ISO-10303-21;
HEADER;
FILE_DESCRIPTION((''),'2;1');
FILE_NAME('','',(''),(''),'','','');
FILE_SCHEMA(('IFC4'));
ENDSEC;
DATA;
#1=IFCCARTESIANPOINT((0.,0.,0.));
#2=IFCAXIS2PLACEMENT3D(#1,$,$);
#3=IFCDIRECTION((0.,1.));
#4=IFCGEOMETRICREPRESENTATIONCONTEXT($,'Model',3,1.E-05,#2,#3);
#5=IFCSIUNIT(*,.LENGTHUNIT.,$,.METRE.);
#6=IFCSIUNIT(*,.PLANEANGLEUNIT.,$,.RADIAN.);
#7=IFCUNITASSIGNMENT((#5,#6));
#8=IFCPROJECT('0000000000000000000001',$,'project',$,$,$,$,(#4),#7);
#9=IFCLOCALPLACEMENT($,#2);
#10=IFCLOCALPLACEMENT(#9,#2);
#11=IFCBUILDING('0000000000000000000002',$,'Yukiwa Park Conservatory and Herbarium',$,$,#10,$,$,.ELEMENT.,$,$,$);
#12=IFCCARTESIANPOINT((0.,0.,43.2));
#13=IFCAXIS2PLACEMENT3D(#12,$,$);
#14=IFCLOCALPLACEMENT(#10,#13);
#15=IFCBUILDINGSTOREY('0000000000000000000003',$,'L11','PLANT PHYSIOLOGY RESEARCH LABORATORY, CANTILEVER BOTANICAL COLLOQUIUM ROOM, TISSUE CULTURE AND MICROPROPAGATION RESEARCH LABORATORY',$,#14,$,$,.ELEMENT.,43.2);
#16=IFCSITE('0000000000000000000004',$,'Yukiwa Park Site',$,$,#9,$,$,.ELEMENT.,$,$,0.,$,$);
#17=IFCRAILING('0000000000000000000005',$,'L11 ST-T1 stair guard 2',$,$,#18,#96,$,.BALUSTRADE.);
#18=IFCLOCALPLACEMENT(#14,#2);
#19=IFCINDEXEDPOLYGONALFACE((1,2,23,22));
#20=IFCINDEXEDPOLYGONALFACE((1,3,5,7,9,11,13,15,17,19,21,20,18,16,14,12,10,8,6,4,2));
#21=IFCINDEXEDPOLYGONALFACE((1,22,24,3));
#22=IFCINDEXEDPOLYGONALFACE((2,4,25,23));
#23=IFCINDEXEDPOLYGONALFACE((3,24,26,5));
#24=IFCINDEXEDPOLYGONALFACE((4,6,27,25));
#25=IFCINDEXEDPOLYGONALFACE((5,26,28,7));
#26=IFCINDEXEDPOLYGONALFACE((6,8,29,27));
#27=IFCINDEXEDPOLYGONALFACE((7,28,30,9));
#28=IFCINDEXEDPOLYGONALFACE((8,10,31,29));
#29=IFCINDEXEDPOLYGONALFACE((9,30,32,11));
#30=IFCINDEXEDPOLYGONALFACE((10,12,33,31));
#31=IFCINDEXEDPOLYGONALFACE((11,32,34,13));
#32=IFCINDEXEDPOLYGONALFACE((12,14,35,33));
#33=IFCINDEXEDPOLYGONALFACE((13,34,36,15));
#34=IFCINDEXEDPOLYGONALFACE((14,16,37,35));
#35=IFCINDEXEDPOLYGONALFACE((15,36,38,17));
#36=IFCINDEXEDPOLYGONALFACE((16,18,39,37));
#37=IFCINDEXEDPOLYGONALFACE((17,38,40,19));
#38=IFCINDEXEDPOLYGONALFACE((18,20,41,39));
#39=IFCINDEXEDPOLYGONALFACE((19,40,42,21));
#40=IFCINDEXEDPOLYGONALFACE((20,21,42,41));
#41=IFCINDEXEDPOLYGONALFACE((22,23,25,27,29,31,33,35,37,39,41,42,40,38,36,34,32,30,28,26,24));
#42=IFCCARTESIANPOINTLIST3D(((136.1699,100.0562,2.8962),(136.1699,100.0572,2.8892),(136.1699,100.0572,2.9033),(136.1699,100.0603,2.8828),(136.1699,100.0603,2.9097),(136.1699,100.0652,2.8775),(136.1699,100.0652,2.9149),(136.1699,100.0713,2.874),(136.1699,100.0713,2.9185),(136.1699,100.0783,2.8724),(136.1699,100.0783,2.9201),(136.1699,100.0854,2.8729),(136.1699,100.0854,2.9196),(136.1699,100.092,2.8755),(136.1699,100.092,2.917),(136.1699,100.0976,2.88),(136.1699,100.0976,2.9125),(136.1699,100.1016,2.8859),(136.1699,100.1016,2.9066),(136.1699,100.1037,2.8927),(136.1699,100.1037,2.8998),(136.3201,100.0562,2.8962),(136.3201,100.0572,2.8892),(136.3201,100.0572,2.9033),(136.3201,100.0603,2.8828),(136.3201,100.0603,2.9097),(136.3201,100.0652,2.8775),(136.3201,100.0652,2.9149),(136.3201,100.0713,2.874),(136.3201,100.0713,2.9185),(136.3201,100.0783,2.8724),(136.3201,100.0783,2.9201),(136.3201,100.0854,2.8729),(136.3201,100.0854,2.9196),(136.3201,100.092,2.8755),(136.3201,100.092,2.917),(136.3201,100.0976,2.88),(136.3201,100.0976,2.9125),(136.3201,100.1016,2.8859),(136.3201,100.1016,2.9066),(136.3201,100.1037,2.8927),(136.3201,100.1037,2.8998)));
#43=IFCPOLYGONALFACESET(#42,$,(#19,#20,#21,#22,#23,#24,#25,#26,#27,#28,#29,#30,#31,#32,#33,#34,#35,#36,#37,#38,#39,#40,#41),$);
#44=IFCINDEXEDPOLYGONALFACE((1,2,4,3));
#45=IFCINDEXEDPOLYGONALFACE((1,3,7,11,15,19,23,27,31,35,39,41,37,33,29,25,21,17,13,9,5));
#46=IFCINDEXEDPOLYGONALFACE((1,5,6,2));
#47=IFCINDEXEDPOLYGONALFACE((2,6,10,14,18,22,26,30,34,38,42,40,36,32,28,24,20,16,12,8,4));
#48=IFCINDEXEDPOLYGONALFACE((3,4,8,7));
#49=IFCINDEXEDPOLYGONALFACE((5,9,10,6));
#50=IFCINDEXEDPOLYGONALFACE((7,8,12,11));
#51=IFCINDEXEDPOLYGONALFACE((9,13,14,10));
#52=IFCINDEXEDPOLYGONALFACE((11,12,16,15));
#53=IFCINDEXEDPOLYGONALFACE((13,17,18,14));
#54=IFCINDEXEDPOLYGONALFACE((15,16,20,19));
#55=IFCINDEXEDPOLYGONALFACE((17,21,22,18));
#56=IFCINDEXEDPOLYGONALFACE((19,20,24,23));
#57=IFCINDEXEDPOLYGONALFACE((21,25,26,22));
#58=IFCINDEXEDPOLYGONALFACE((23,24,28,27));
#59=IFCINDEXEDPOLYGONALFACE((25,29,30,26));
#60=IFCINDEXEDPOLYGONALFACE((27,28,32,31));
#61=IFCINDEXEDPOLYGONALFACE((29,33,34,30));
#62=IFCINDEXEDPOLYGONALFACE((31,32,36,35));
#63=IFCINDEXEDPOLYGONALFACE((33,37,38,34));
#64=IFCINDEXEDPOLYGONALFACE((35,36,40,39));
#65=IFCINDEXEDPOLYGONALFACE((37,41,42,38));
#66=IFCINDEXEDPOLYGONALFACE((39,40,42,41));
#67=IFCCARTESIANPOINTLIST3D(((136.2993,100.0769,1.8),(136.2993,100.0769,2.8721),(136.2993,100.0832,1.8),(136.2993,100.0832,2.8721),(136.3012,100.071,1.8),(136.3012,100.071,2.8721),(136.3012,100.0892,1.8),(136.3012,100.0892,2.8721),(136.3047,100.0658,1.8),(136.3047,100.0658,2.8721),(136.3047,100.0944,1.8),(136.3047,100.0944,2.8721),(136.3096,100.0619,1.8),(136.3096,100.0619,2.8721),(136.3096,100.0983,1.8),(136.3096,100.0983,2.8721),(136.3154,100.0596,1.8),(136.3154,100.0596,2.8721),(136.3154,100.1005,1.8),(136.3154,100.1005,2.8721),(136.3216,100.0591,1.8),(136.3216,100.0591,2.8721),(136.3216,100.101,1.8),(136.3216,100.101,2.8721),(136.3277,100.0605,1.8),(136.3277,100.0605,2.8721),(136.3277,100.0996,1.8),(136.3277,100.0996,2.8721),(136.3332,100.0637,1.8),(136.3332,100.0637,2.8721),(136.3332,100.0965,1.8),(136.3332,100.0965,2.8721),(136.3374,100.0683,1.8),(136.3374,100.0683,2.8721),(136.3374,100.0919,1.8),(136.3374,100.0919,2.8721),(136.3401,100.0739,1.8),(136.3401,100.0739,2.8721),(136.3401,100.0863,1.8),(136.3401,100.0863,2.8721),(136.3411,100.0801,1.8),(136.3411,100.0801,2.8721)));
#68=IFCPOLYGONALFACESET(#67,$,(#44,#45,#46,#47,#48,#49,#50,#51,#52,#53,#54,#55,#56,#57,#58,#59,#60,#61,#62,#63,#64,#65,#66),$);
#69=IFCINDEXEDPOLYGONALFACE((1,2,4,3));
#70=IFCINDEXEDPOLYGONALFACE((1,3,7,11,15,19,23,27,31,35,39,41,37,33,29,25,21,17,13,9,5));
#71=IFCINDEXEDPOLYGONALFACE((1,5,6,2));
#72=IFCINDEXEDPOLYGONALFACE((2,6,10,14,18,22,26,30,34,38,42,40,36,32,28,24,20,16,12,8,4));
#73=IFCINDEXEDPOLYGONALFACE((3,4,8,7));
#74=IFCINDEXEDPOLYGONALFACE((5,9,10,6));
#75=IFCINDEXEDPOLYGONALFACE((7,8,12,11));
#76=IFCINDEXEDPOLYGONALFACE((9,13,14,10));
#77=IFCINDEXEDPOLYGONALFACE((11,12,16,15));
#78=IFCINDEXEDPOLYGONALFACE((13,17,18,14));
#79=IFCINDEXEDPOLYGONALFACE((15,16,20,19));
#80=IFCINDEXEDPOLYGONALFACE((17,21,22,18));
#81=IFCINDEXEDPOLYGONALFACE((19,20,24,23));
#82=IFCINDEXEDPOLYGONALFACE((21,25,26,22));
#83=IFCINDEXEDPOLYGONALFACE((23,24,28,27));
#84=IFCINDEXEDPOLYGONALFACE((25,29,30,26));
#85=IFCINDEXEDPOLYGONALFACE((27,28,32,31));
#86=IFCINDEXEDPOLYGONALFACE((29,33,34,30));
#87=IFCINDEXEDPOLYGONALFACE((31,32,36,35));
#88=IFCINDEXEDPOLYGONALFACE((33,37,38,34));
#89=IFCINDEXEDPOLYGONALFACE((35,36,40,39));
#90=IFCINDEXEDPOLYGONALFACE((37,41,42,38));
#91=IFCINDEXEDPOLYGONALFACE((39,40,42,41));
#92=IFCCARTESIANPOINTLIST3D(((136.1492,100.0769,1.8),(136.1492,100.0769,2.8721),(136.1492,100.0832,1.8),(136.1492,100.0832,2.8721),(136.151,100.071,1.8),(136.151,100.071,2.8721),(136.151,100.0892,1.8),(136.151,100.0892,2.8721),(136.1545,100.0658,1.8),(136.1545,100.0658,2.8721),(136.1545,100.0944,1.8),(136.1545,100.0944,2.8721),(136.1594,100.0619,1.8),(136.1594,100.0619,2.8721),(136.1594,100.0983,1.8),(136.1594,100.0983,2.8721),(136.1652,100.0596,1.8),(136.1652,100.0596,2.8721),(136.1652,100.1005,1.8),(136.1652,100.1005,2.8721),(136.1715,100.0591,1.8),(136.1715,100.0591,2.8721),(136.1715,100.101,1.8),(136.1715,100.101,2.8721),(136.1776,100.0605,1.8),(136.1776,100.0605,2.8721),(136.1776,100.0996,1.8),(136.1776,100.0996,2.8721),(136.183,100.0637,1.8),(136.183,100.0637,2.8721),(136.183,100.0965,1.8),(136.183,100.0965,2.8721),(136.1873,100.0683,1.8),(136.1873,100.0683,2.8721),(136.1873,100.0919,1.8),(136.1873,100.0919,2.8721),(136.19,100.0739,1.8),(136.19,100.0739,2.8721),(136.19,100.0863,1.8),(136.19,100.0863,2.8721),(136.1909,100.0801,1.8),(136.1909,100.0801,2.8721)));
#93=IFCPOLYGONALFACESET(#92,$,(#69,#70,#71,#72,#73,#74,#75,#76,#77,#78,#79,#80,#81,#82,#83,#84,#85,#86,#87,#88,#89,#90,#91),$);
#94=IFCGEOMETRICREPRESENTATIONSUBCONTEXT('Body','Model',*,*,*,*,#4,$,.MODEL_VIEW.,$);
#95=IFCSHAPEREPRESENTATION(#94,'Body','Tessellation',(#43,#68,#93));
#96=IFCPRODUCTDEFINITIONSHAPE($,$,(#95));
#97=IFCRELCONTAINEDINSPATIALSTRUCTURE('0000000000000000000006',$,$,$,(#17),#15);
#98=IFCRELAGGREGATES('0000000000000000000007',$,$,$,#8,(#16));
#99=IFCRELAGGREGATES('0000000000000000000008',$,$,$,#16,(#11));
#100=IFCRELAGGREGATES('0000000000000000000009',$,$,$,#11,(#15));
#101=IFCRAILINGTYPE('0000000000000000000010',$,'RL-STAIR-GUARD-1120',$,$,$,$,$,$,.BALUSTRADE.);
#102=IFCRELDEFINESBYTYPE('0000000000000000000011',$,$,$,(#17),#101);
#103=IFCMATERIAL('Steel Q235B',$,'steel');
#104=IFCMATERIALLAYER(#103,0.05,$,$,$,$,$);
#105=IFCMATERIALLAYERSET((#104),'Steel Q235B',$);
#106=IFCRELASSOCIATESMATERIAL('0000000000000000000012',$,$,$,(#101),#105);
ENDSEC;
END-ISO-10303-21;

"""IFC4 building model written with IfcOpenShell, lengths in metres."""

from ifc_helpers import new_model, si_unit, direction, frame, origin, origin_2d, place, context, subcontext, project, spatial, circle, extrude, material, layer, layer_set, type_object, element, save


model = new_model("IFC4")

# Units and contexts
model_context = context("Model", 3, precision=1e-05, world=origin(), true_north=direction((0.0, 1.0)))
body_context = subcontext(model_context, "Body", "Model", "MODEL_VIEW")
ifc_project = project(units=[si_unit("LENGTHUNIT", "METRE"), si_unit("PLANEANGLEUNIT", "RADIAN")], contexts=[model_context])

# Site, building, storey
site_placement = place(None, origin())
site = spatial("IfcSite", under=ifc_project, at=site_placement, Name="Yukiwa Park Site", CompositionType="ELEMENT", RefElevation=0.0)
building_placement = place(site_placement, origin())
building = spatial("IfcBuilding", under=site, at=building_placement, Name="Yukiwa Park Conservatory and Herbarium", CompositionType="ELEMENT")
storey_placement = place(building_placement, frame((0.0, 0.0, 43.2)))
storey = spatial("IfcBuildingStorey", under=building, at=storey_placement, Name="L11", Description="PLANT PHYSIOLOGY RESEARCH LABORATORY, CANTILEVER BOTANICAL COLLOQUIUM ROOM, TISSUE CULTURE AND MICROPROPAGATION RESEARCH LABORATORY", CompositionType="ELEMENT", Elevation=43.2)

# Railing
ifc_material_1 = material(Name="Steel Q235B", Category="steel")
ifc_layer_1 = layer(ifc_material_1, 0.05)
ifc_layer_set_1 = layer_set([ifc_layer_1], Name="Steel Q235B")
railing_type = type_object("IfcRailingType", Name="RL-STAIR-GUARD-1120", PredefinedType="BALUSTRADE", material=ifc_layer_set_1)
railing_1_placement = place(storey_placement, frame((136.3201, 100.0801, 1.8)))
element("IfcRailing", 1, at=railing_1_placement, inside=storey, type_object=railing_type, Name="L11 ST-T1 stair guard 2", PredefinedType="BALUSTRADE", context=body_context, shape_type="SweptSolid", body=[
    extrude(circle(Radius=0.0239, at=origin_2d()), frame((0.0, 0.0, 1.0962), z_axis=(-1.0, 0.0, 0.0), x_axis=(0.0, -1.0, 0.0)), (0.0, 0.0, 1.0), 0.1501),
    extrude(circle(Radius=0.021, at=origin_2d()), origin(), (0.0, 0.0, 1.0), 1.072),
    extrude(circle(Radius=0.021, at=origin_2d()), frame((-0.1501, 0.0, 0.0)), (0.0, 0.0, 1.0), 1.072),
])

save(model, "model.ifc")
